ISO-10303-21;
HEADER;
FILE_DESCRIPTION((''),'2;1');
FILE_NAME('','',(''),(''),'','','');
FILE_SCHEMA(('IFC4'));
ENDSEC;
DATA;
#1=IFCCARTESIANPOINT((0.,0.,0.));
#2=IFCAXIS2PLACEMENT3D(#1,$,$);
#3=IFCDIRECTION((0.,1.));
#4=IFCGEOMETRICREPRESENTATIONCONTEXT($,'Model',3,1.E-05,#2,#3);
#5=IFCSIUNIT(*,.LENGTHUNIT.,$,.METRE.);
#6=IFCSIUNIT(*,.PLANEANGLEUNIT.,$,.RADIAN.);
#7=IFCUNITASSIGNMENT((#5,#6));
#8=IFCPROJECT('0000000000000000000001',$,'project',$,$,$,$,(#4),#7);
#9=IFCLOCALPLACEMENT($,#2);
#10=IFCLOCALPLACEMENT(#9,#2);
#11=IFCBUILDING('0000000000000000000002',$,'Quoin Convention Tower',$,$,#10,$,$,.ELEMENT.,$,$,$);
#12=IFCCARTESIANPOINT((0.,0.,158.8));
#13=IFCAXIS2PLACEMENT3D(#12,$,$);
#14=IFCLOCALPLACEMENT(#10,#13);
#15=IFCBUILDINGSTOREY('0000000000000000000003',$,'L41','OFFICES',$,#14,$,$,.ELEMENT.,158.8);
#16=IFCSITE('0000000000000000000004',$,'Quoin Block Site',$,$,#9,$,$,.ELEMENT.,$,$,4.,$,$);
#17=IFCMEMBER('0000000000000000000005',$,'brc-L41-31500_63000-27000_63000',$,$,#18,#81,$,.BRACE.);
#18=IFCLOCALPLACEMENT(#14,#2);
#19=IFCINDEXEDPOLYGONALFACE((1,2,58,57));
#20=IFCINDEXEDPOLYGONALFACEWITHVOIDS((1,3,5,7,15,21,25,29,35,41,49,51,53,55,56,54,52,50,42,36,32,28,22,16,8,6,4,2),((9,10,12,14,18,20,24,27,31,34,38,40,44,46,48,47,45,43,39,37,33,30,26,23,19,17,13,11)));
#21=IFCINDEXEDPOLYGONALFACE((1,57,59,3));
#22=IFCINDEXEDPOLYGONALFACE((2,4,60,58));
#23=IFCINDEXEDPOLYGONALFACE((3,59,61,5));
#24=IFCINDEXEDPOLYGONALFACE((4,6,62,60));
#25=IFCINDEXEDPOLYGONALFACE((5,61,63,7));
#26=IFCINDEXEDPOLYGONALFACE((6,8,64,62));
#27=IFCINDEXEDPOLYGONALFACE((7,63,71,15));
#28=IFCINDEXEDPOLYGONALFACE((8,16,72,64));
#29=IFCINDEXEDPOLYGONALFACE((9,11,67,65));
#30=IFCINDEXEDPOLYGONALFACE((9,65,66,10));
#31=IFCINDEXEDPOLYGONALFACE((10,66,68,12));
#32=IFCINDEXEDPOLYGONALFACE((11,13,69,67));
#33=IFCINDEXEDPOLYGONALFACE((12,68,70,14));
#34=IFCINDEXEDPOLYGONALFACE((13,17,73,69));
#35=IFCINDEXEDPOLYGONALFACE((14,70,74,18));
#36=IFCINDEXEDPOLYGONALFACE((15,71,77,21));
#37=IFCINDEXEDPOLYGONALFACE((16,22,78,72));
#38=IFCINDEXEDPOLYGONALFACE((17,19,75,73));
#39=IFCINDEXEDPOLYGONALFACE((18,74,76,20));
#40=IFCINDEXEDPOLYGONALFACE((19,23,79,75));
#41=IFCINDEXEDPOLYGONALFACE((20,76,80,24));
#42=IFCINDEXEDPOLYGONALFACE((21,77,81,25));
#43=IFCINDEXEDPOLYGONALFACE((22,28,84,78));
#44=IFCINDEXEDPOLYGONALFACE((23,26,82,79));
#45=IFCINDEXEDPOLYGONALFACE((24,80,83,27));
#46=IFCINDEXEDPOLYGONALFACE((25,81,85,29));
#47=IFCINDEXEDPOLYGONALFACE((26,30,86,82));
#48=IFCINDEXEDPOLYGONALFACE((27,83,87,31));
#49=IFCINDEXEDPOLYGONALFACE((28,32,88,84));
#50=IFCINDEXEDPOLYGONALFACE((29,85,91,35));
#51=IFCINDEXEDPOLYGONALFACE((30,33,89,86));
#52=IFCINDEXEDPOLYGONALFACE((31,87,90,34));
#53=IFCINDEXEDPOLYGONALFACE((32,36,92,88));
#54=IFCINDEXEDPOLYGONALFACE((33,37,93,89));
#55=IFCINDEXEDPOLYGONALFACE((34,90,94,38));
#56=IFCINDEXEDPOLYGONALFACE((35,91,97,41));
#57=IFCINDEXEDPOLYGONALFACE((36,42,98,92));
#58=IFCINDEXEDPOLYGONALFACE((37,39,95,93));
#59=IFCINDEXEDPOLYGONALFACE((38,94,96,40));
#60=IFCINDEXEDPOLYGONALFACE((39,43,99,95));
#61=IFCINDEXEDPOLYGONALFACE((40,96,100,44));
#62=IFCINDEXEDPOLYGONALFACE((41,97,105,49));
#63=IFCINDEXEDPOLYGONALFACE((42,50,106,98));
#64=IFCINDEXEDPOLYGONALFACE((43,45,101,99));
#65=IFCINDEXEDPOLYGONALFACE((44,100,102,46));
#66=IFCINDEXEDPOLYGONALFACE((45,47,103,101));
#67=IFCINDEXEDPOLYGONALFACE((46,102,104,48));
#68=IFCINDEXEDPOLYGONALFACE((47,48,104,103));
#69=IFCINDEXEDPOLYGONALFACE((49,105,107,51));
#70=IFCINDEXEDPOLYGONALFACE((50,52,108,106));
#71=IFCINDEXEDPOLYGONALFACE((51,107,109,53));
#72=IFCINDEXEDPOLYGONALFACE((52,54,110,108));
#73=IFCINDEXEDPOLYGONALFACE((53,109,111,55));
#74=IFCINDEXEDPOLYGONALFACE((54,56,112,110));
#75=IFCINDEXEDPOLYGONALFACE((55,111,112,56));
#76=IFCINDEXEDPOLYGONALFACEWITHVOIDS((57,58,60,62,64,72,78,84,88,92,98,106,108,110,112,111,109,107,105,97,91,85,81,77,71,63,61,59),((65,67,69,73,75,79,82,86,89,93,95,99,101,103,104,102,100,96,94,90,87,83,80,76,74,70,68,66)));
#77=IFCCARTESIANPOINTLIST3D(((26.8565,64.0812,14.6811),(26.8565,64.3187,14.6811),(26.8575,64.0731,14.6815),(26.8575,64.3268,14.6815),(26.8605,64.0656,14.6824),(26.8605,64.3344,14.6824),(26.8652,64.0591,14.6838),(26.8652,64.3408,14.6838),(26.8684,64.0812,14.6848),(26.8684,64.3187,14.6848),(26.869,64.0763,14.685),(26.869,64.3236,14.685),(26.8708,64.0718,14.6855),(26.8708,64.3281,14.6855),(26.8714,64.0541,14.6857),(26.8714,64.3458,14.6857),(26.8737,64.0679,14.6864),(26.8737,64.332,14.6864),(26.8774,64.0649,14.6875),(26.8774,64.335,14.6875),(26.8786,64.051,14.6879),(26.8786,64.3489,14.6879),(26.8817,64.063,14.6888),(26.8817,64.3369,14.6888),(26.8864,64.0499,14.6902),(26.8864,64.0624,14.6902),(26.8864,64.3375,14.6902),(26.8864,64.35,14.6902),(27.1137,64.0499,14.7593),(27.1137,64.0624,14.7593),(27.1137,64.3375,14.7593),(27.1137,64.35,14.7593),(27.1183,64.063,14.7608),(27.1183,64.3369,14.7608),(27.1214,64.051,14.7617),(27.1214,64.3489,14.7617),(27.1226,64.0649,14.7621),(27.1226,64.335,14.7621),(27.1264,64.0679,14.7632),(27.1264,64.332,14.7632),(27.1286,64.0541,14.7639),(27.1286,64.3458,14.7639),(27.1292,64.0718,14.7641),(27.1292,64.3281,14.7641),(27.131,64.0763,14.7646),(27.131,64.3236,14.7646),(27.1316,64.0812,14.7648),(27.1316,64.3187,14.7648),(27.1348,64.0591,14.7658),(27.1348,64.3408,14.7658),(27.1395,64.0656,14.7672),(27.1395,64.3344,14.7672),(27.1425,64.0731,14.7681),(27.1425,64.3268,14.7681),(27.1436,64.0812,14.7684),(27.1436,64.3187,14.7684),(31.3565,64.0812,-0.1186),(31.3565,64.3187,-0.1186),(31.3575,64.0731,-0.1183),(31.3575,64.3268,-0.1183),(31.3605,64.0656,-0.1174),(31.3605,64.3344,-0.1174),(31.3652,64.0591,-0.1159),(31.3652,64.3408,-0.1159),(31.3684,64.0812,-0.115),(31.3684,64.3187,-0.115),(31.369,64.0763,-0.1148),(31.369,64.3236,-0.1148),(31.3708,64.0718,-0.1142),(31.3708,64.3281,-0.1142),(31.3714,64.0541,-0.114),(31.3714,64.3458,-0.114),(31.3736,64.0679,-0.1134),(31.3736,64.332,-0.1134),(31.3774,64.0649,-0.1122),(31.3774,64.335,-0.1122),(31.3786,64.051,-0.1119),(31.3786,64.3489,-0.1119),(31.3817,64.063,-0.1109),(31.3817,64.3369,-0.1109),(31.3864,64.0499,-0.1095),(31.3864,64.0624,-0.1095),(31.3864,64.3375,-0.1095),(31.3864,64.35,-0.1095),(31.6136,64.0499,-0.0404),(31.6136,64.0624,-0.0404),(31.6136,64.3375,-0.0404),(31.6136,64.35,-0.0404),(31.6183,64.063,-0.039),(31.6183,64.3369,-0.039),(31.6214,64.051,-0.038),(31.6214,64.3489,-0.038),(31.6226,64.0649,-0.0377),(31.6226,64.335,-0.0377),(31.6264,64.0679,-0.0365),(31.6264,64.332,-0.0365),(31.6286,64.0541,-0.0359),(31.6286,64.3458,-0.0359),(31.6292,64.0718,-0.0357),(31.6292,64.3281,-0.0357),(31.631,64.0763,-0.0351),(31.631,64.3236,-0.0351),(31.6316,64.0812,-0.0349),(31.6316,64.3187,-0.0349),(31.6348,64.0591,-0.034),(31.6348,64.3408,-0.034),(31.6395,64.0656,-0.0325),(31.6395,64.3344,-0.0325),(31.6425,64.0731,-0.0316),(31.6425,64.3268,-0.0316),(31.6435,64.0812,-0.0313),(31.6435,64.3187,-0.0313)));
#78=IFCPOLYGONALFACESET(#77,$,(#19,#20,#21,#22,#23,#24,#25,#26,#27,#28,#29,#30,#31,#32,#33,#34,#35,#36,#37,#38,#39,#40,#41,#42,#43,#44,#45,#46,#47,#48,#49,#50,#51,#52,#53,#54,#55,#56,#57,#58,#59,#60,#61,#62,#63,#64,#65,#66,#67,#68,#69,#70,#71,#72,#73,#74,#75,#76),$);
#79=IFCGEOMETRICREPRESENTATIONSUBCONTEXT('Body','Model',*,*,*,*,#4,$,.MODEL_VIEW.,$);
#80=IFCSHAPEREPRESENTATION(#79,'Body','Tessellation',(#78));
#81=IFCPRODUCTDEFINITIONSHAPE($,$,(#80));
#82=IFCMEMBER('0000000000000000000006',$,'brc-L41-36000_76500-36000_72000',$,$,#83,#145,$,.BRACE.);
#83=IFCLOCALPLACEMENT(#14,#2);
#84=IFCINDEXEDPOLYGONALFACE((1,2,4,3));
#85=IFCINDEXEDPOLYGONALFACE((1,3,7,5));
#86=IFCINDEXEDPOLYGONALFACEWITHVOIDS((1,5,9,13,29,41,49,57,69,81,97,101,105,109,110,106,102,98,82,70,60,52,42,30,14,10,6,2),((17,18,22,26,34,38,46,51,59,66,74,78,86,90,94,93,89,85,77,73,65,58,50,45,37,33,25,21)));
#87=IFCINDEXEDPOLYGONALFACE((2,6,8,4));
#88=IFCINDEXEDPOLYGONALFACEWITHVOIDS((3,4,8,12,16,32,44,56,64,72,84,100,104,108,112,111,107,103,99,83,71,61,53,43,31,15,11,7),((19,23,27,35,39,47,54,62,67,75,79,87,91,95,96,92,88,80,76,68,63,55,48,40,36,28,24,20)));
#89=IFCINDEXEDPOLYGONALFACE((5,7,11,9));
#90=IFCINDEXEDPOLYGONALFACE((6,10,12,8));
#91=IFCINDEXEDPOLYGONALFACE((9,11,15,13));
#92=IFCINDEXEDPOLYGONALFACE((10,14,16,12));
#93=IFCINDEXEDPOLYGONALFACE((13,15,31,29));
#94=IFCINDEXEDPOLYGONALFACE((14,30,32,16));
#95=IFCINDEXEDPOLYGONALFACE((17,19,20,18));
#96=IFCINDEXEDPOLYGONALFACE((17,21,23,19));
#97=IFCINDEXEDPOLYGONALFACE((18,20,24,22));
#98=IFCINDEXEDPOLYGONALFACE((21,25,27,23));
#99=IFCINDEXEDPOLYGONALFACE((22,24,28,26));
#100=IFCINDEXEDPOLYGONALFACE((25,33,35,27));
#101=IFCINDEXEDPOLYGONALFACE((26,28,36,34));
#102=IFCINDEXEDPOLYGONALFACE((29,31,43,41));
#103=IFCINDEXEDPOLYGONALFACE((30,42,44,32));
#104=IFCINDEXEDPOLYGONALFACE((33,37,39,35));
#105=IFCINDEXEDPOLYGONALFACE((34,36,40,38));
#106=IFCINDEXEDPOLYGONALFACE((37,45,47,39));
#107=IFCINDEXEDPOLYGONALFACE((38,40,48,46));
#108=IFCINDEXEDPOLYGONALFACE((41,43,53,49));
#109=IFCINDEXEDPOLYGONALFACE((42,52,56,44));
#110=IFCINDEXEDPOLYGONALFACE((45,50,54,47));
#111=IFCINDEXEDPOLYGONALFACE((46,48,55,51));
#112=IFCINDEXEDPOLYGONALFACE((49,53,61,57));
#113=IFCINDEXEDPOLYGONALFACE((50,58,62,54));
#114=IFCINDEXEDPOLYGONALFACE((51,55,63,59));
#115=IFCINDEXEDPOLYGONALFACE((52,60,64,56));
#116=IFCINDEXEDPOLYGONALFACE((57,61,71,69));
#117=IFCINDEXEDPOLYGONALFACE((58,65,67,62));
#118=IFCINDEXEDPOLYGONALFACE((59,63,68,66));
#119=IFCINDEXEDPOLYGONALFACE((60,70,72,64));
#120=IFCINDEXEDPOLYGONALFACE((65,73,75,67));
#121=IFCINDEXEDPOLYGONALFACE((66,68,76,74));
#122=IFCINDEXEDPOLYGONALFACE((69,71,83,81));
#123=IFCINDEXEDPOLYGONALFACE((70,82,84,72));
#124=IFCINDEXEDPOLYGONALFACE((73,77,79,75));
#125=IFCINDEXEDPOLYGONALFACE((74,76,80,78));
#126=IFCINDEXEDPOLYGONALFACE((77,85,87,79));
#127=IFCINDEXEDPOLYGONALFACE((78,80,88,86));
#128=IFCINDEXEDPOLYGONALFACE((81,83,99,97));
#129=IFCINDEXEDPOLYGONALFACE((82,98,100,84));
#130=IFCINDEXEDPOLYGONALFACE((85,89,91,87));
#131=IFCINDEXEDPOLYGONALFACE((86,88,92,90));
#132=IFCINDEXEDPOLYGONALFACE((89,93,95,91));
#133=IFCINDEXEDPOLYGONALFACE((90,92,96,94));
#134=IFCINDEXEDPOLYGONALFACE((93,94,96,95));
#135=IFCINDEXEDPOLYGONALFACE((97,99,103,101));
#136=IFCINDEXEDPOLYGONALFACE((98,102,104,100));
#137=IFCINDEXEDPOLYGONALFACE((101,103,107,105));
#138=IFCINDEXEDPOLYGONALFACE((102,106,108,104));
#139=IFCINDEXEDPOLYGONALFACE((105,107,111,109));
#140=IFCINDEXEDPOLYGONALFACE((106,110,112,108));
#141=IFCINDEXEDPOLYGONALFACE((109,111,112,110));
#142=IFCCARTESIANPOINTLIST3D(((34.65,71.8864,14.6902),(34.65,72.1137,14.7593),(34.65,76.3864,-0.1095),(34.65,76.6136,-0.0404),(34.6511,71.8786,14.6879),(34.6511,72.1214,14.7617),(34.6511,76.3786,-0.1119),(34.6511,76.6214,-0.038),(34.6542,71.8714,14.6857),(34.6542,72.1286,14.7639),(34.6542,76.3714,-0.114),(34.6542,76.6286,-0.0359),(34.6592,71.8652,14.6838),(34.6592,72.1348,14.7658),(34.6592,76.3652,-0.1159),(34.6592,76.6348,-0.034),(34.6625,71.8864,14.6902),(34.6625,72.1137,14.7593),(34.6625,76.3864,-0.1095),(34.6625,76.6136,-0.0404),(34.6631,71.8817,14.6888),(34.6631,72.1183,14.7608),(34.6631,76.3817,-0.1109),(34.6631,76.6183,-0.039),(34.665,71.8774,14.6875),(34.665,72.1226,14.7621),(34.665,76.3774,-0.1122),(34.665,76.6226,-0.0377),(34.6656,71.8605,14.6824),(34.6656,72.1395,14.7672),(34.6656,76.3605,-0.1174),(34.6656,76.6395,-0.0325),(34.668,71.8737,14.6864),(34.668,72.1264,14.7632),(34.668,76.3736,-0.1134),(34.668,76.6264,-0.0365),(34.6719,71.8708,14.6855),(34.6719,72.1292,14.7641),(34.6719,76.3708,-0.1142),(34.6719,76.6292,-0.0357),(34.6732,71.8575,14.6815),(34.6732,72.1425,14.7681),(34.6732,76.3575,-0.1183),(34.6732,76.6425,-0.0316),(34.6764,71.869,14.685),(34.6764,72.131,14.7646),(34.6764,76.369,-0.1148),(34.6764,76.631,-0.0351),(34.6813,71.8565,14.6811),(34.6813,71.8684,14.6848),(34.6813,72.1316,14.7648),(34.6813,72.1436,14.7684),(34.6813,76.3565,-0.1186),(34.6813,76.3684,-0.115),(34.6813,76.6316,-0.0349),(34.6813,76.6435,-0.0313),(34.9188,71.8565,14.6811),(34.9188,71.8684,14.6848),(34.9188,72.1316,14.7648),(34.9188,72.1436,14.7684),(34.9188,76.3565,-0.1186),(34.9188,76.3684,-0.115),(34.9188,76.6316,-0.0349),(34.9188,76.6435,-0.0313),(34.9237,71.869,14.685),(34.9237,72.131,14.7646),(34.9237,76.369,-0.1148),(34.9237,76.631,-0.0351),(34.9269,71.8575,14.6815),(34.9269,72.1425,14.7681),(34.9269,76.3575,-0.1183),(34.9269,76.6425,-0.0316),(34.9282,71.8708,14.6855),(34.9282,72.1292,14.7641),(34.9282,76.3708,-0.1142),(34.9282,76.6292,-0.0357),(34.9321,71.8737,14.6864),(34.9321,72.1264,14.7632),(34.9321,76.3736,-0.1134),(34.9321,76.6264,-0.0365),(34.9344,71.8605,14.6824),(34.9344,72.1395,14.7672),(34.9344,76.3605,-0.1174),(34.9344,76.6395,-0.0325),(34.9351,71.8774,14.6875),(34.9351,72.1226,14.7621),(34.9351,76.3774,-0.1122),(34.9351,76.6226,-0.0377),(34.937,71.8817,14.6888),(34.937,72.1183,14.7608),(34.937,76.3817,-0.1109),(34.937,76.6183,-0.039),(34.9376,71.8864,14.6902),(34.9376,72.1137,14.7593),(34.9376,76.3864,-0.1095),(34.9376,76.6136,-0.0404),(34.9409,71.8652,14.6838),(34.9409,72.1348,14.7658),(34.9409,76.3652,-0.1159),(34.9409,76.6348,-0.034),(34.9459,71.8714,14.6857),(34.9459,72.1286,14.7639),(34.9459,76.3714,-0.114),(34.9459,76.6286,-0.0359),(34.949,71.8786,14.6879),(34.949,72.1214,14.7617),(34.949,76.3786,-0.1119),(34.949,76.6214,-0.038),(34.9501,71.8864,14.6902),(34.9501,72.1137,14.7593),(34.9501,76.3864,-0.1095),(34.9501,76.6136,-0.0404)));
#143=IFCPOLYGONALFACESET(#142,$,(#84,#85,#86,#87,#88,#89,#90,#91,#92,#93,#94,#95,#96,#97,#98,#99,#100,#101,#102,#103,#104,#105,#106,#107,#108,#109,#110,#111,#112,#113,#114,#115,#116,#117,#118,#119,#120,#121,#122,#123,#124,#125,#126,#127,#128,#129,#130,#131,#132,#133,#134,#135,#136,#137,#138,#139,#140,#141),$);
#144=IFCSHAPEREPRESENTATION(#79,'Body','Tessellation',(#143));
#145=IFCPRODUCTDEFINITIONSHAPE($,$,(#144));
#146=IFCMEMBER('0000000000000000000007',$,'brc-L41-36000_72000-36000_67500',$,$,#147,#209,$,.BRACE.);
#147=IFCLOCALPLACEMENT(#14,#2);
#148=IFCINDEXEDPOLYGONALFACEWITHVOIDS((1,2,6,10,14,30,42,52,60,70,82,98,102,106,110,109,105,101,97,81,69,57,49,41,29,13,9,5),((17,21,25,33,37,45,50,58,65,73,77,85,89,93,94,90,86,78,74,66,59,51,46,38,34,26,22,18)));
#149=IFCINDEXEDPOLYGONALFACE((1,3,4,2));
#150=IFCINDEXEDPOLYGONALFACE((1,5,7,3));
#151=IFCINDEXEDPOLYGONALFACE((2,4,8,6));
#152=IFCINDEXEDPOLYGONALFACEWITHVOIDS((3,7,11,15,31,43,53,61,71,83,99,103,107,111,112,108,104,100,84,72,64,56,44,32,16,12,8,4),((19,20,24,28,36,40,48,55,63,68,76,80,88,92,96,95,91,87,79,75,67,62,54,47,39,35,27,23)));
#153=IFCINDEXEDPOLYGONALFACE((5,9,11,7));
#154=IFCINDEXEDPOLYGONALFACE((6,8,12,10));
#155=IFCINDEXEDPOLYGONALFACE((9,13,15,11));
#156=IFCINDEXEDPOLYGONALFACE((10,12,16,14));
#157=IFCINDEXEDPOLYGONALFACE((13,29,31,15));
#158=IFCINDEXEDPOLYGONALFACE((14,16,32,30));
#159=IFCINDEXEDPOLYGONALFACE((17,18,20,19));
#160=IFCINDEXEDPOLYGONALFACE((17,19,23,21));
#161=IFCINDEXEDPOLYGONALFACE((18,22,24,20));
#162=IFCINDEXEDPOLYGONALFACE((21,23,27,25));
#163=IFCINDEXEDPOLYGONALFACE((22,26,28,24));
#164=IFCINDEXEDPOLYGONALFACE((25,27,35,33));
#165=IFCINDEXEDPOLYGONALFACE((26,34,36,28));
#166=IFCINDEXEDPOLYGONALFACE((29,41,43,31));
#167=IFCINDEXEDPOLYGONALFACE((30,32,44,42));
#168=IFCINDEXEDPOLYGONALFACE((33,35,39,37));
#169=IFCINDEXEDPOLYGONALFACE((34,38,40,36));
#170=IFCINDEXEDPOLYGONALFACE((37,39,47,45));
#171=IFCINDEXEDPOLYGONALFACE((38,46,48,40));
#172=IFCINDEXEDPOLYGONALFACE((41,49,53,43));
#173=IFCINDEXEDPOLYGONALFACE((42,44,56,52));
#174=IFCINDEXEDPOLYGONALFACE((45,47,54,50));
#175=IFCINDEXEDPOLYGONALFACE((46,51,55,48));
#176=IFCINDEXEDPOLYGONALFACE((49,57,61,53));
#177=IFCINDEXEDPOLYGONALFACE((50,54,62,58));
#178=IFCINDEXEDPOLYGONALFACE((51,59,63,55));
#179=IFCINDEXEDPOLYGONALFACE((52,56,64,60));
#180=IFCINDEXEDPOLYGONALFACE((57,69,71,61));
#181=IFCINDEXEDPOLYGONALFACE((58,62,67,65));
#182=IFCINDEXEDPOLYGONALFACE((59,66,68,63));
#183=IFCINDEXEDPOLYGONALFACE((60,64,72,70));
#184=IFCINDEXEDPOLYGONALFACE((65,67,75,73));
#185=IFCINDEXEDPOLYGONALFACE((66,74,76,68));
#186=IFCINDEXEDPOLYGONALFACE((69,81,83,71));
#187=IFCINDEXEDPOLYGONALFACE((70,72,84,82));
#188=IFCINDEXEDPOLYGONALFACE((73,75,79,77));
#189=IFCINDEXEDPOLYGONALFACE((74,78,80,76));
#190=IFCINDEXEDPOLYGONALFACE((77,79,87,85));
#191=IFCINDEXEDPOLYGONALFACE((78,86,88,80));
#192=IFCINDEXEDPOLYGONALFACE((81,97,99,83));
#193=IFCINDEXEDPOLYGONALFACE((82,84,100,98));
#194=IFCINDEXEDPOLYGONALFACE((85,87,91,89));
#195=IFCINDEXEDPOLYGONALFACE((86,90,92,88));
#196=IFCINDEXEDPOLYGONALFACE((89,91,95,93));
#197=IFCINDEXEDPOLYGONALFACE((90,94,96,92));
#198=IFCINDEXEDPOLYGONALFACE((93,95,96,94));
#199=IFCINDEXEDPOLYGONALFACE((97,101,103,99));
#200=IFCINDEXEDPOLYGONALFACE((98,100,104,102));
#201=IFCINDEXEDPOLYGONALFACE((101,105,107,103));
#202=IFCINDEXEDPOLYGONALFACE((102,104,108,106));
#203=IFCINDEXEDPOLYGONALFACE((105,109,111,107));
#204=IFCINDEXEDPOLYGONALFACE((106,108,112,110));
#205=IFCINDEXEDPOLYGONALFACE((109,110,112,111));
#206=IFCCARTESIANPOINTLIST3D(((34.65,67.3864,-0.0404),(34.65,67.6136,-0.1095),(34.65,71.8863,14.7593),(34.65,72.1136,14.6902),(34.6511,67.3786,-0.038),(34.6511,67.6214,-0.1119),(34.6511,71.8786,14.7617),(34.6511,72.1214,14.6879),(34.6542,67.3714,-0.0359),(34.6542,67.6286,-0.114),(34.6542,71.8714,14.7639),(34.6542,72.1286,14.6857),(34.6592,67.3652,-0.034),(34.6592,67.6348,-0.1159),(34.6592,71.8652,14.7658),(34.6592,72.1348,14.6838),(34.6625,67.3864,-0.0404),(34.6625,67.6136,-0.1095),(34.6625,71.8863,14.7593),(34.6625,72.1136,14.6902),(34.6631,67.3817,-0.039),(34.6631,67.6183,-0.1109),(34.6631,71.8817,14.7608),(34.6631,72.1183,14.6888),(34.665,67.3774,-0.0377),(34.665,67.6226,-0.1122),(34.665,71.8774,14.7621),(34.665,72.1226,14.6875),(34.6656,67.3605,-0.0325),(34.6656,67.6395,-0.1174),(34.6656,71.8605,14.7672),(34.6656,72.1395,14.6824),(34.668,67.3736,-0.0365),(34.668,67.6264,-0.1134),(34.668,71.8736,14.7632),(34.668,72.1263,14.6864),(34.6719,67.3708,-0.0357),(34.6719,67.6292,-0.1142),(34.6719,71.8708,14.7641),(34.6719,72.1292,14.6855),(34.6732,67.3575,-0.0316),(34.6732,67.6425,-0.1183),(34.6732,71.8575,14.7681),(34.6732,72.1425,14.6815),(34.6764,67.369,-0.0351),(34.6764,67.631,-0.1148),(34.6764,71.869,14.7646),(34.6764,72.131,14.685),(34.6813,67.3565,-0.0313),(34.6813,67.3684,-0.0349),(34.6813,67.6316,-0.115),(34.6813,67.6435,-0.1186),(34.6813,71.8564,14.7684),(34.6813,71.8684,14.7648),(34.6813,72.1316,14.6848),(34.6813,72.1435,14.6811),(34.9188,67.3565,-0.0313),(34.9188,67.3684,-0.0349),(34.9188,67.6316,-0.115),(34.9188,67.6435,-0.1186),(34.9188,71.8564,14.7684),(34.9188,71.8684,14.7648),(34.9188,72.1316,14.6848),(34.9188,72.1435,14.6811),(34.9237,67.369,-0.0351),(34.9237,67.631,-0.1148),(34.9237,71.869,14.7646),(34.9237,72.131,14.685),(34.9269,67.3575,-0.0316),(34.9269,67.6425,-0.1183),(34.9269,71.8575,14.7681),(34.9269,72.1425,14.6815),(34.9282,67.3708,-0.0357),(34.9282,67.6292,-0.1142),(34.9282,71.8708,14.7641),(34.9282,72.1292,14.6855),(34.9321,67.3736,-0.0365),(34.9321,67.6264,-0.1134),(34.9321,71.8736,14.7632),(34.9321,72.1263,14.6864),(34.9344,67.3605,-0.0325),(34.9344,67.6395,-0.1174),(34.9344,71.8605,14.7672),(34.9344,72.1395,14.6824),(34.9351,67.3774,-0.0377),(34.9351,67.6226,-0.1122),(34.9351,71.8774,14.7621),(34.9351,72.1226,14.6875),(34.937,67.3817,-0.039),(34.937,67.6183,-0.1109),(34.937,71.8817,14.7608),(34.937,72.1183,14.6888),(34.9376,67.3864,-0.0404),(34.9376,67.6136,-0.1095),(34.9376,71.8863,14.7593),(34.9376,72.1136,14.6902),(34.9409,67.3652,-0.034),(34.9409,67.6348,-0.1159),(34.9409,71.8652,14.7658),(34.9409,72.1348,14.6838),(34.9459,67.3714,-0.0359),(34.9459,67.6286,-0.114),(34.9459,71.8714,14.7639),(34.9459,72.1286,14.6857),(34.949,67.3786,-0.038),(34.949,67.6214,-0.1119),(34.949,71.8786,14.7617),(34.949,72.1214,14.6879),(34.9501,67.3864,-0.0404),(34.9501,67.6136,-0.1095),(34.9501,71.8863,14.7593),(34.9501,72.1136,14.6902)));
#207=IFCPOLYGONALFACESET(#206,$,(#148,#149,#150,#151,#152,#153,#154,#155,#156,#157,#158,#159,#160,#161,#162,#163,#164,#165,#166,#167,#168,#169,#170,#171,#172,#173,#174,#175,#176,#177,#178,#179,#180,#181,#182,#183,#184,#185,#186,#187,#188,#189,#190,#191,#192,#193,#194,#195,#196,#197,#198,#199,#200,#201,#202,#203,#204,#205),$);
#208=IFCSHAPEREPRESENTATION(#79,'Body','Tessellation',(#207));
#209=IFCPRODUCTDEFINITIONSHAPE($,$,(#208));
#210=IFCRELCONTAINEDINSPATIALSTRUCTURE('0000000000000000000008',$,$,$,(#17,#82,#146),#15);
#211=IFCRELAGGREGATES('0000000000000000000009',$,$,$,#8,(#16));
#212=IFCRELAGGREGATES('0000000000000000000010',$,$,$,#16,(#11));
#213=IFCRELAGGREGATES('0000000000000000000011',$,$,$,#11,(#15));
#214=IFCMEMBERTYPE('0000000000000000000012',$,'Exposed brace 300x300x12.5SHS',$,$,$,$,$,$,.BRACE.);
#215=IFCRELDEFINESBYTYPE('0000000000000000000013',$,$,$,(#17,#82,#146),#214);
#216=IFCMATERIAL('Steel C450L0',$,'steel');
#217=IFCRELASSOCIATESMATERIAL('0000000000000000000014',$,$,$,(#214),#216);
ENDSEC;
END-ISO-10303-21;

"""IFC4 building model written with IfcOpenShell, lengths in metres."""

from ifc_helpers import new_model, si_unit, direction, frame, origin, origin_2d, place, context, subcontext, project, spatial, hollow_rectangle, extrude, material, material_profile, profile_set, type_object, element, save


model = new_model("IFC4")

# Units and contexts
model_context = context("Model", 3, precision=1e-05, world=origin(), true_north=direction((0.0, 1.0)))
body_context = subcontext(model_context, "Body", "Model", "MODEL_VIEW")
ifc_project = project(units=[si_unit("LENGTHUNIT", "METRE"), si_unit("PLANEANGLEUNIT", "RADIAN")], contexts=[model_context])

# Site, building, storey
site_placement = place(None, origin())
site = spatial("IfcSite", under=ifc_project, at=site_placement, Name="Quoin Block Site", CompositionType="ELEMENT", RefElevation=4.0)
building_placement = place(site_placement, origin())
building = spatial("IfcBuilding", under=site, at=building_placement, Name="Quoin Convention Tower", CompositionType="ELEMENT")
storey_placement = place(building_placement, frame((0.0, 0.0, 158.8)))
storey = spatial("IfcBuildingStorey", under=building, at=storey_placement, Name="L41", Description="OFFICES", CompositionType="ELEMENT", Elevation=158.8)

# Members
ifc_material_1 = material(Name="Steel C450L0", Category="steel")
ifc_material_profile_1 = material_profile(ifc_material_1, hollow_rectangle(XDim=0.3, YDim=0.3, WallThickness=0.0125, InnerFilletRadius=0.0188, OuterFilletRadius=0.0312, at=origin_2d()), Name="300x300x12.5SHS")
ifc_profile_set_1 = profile_set([ifc_material_profile_1], Name="Steel C450L0")
member_type = type_object("IfcMemberType", Name="Exposed brace 300x300x12.5SHS", PredefinedType="BRACE", material=ifc_profile_set_1)
for number, where, z_axis, x_axis, name in (
    (1, (31.5, 64.2, -0.075), (-0.290908, 0.0, 0.956751), (0.0, -1.0, 0.0), "brc-L41-31500_63000-27000_63000"),
    (2, (34.8, 76.5, -0.075), (0.0, -0.290908, 0.956751), (1.0, 0.0, 0.0), "brc-L41-36000_76500-36000_72000"),
    (3, (34.8, 67.5, -0.075), (0.0, 0.290908, 0.956751), (-1.0, 0.0, 0.0), "brc-L41-36000_72000-36000_67500"),
):
    element("IfcMember", number, at=place(storey_placement, frame(where, z_axis=z_axis, x_axis=x_axis)), inside=storey, type_object=member_type, Name=name, PredefinedType="BRACE", context=body_context, shape_type="SweptSolid", body=[
        extrude(hollow_rectangle(XDim=0.3, YDim=0.3, WallThickness=0.0125, InnerFilletRadius=0.0188, OuterFilletRadius=0.0312, at=origin_2d()), origin(), (0.0, 0.0, 1.0), 15.4688),
    ])

save(model, "model.ifc")
